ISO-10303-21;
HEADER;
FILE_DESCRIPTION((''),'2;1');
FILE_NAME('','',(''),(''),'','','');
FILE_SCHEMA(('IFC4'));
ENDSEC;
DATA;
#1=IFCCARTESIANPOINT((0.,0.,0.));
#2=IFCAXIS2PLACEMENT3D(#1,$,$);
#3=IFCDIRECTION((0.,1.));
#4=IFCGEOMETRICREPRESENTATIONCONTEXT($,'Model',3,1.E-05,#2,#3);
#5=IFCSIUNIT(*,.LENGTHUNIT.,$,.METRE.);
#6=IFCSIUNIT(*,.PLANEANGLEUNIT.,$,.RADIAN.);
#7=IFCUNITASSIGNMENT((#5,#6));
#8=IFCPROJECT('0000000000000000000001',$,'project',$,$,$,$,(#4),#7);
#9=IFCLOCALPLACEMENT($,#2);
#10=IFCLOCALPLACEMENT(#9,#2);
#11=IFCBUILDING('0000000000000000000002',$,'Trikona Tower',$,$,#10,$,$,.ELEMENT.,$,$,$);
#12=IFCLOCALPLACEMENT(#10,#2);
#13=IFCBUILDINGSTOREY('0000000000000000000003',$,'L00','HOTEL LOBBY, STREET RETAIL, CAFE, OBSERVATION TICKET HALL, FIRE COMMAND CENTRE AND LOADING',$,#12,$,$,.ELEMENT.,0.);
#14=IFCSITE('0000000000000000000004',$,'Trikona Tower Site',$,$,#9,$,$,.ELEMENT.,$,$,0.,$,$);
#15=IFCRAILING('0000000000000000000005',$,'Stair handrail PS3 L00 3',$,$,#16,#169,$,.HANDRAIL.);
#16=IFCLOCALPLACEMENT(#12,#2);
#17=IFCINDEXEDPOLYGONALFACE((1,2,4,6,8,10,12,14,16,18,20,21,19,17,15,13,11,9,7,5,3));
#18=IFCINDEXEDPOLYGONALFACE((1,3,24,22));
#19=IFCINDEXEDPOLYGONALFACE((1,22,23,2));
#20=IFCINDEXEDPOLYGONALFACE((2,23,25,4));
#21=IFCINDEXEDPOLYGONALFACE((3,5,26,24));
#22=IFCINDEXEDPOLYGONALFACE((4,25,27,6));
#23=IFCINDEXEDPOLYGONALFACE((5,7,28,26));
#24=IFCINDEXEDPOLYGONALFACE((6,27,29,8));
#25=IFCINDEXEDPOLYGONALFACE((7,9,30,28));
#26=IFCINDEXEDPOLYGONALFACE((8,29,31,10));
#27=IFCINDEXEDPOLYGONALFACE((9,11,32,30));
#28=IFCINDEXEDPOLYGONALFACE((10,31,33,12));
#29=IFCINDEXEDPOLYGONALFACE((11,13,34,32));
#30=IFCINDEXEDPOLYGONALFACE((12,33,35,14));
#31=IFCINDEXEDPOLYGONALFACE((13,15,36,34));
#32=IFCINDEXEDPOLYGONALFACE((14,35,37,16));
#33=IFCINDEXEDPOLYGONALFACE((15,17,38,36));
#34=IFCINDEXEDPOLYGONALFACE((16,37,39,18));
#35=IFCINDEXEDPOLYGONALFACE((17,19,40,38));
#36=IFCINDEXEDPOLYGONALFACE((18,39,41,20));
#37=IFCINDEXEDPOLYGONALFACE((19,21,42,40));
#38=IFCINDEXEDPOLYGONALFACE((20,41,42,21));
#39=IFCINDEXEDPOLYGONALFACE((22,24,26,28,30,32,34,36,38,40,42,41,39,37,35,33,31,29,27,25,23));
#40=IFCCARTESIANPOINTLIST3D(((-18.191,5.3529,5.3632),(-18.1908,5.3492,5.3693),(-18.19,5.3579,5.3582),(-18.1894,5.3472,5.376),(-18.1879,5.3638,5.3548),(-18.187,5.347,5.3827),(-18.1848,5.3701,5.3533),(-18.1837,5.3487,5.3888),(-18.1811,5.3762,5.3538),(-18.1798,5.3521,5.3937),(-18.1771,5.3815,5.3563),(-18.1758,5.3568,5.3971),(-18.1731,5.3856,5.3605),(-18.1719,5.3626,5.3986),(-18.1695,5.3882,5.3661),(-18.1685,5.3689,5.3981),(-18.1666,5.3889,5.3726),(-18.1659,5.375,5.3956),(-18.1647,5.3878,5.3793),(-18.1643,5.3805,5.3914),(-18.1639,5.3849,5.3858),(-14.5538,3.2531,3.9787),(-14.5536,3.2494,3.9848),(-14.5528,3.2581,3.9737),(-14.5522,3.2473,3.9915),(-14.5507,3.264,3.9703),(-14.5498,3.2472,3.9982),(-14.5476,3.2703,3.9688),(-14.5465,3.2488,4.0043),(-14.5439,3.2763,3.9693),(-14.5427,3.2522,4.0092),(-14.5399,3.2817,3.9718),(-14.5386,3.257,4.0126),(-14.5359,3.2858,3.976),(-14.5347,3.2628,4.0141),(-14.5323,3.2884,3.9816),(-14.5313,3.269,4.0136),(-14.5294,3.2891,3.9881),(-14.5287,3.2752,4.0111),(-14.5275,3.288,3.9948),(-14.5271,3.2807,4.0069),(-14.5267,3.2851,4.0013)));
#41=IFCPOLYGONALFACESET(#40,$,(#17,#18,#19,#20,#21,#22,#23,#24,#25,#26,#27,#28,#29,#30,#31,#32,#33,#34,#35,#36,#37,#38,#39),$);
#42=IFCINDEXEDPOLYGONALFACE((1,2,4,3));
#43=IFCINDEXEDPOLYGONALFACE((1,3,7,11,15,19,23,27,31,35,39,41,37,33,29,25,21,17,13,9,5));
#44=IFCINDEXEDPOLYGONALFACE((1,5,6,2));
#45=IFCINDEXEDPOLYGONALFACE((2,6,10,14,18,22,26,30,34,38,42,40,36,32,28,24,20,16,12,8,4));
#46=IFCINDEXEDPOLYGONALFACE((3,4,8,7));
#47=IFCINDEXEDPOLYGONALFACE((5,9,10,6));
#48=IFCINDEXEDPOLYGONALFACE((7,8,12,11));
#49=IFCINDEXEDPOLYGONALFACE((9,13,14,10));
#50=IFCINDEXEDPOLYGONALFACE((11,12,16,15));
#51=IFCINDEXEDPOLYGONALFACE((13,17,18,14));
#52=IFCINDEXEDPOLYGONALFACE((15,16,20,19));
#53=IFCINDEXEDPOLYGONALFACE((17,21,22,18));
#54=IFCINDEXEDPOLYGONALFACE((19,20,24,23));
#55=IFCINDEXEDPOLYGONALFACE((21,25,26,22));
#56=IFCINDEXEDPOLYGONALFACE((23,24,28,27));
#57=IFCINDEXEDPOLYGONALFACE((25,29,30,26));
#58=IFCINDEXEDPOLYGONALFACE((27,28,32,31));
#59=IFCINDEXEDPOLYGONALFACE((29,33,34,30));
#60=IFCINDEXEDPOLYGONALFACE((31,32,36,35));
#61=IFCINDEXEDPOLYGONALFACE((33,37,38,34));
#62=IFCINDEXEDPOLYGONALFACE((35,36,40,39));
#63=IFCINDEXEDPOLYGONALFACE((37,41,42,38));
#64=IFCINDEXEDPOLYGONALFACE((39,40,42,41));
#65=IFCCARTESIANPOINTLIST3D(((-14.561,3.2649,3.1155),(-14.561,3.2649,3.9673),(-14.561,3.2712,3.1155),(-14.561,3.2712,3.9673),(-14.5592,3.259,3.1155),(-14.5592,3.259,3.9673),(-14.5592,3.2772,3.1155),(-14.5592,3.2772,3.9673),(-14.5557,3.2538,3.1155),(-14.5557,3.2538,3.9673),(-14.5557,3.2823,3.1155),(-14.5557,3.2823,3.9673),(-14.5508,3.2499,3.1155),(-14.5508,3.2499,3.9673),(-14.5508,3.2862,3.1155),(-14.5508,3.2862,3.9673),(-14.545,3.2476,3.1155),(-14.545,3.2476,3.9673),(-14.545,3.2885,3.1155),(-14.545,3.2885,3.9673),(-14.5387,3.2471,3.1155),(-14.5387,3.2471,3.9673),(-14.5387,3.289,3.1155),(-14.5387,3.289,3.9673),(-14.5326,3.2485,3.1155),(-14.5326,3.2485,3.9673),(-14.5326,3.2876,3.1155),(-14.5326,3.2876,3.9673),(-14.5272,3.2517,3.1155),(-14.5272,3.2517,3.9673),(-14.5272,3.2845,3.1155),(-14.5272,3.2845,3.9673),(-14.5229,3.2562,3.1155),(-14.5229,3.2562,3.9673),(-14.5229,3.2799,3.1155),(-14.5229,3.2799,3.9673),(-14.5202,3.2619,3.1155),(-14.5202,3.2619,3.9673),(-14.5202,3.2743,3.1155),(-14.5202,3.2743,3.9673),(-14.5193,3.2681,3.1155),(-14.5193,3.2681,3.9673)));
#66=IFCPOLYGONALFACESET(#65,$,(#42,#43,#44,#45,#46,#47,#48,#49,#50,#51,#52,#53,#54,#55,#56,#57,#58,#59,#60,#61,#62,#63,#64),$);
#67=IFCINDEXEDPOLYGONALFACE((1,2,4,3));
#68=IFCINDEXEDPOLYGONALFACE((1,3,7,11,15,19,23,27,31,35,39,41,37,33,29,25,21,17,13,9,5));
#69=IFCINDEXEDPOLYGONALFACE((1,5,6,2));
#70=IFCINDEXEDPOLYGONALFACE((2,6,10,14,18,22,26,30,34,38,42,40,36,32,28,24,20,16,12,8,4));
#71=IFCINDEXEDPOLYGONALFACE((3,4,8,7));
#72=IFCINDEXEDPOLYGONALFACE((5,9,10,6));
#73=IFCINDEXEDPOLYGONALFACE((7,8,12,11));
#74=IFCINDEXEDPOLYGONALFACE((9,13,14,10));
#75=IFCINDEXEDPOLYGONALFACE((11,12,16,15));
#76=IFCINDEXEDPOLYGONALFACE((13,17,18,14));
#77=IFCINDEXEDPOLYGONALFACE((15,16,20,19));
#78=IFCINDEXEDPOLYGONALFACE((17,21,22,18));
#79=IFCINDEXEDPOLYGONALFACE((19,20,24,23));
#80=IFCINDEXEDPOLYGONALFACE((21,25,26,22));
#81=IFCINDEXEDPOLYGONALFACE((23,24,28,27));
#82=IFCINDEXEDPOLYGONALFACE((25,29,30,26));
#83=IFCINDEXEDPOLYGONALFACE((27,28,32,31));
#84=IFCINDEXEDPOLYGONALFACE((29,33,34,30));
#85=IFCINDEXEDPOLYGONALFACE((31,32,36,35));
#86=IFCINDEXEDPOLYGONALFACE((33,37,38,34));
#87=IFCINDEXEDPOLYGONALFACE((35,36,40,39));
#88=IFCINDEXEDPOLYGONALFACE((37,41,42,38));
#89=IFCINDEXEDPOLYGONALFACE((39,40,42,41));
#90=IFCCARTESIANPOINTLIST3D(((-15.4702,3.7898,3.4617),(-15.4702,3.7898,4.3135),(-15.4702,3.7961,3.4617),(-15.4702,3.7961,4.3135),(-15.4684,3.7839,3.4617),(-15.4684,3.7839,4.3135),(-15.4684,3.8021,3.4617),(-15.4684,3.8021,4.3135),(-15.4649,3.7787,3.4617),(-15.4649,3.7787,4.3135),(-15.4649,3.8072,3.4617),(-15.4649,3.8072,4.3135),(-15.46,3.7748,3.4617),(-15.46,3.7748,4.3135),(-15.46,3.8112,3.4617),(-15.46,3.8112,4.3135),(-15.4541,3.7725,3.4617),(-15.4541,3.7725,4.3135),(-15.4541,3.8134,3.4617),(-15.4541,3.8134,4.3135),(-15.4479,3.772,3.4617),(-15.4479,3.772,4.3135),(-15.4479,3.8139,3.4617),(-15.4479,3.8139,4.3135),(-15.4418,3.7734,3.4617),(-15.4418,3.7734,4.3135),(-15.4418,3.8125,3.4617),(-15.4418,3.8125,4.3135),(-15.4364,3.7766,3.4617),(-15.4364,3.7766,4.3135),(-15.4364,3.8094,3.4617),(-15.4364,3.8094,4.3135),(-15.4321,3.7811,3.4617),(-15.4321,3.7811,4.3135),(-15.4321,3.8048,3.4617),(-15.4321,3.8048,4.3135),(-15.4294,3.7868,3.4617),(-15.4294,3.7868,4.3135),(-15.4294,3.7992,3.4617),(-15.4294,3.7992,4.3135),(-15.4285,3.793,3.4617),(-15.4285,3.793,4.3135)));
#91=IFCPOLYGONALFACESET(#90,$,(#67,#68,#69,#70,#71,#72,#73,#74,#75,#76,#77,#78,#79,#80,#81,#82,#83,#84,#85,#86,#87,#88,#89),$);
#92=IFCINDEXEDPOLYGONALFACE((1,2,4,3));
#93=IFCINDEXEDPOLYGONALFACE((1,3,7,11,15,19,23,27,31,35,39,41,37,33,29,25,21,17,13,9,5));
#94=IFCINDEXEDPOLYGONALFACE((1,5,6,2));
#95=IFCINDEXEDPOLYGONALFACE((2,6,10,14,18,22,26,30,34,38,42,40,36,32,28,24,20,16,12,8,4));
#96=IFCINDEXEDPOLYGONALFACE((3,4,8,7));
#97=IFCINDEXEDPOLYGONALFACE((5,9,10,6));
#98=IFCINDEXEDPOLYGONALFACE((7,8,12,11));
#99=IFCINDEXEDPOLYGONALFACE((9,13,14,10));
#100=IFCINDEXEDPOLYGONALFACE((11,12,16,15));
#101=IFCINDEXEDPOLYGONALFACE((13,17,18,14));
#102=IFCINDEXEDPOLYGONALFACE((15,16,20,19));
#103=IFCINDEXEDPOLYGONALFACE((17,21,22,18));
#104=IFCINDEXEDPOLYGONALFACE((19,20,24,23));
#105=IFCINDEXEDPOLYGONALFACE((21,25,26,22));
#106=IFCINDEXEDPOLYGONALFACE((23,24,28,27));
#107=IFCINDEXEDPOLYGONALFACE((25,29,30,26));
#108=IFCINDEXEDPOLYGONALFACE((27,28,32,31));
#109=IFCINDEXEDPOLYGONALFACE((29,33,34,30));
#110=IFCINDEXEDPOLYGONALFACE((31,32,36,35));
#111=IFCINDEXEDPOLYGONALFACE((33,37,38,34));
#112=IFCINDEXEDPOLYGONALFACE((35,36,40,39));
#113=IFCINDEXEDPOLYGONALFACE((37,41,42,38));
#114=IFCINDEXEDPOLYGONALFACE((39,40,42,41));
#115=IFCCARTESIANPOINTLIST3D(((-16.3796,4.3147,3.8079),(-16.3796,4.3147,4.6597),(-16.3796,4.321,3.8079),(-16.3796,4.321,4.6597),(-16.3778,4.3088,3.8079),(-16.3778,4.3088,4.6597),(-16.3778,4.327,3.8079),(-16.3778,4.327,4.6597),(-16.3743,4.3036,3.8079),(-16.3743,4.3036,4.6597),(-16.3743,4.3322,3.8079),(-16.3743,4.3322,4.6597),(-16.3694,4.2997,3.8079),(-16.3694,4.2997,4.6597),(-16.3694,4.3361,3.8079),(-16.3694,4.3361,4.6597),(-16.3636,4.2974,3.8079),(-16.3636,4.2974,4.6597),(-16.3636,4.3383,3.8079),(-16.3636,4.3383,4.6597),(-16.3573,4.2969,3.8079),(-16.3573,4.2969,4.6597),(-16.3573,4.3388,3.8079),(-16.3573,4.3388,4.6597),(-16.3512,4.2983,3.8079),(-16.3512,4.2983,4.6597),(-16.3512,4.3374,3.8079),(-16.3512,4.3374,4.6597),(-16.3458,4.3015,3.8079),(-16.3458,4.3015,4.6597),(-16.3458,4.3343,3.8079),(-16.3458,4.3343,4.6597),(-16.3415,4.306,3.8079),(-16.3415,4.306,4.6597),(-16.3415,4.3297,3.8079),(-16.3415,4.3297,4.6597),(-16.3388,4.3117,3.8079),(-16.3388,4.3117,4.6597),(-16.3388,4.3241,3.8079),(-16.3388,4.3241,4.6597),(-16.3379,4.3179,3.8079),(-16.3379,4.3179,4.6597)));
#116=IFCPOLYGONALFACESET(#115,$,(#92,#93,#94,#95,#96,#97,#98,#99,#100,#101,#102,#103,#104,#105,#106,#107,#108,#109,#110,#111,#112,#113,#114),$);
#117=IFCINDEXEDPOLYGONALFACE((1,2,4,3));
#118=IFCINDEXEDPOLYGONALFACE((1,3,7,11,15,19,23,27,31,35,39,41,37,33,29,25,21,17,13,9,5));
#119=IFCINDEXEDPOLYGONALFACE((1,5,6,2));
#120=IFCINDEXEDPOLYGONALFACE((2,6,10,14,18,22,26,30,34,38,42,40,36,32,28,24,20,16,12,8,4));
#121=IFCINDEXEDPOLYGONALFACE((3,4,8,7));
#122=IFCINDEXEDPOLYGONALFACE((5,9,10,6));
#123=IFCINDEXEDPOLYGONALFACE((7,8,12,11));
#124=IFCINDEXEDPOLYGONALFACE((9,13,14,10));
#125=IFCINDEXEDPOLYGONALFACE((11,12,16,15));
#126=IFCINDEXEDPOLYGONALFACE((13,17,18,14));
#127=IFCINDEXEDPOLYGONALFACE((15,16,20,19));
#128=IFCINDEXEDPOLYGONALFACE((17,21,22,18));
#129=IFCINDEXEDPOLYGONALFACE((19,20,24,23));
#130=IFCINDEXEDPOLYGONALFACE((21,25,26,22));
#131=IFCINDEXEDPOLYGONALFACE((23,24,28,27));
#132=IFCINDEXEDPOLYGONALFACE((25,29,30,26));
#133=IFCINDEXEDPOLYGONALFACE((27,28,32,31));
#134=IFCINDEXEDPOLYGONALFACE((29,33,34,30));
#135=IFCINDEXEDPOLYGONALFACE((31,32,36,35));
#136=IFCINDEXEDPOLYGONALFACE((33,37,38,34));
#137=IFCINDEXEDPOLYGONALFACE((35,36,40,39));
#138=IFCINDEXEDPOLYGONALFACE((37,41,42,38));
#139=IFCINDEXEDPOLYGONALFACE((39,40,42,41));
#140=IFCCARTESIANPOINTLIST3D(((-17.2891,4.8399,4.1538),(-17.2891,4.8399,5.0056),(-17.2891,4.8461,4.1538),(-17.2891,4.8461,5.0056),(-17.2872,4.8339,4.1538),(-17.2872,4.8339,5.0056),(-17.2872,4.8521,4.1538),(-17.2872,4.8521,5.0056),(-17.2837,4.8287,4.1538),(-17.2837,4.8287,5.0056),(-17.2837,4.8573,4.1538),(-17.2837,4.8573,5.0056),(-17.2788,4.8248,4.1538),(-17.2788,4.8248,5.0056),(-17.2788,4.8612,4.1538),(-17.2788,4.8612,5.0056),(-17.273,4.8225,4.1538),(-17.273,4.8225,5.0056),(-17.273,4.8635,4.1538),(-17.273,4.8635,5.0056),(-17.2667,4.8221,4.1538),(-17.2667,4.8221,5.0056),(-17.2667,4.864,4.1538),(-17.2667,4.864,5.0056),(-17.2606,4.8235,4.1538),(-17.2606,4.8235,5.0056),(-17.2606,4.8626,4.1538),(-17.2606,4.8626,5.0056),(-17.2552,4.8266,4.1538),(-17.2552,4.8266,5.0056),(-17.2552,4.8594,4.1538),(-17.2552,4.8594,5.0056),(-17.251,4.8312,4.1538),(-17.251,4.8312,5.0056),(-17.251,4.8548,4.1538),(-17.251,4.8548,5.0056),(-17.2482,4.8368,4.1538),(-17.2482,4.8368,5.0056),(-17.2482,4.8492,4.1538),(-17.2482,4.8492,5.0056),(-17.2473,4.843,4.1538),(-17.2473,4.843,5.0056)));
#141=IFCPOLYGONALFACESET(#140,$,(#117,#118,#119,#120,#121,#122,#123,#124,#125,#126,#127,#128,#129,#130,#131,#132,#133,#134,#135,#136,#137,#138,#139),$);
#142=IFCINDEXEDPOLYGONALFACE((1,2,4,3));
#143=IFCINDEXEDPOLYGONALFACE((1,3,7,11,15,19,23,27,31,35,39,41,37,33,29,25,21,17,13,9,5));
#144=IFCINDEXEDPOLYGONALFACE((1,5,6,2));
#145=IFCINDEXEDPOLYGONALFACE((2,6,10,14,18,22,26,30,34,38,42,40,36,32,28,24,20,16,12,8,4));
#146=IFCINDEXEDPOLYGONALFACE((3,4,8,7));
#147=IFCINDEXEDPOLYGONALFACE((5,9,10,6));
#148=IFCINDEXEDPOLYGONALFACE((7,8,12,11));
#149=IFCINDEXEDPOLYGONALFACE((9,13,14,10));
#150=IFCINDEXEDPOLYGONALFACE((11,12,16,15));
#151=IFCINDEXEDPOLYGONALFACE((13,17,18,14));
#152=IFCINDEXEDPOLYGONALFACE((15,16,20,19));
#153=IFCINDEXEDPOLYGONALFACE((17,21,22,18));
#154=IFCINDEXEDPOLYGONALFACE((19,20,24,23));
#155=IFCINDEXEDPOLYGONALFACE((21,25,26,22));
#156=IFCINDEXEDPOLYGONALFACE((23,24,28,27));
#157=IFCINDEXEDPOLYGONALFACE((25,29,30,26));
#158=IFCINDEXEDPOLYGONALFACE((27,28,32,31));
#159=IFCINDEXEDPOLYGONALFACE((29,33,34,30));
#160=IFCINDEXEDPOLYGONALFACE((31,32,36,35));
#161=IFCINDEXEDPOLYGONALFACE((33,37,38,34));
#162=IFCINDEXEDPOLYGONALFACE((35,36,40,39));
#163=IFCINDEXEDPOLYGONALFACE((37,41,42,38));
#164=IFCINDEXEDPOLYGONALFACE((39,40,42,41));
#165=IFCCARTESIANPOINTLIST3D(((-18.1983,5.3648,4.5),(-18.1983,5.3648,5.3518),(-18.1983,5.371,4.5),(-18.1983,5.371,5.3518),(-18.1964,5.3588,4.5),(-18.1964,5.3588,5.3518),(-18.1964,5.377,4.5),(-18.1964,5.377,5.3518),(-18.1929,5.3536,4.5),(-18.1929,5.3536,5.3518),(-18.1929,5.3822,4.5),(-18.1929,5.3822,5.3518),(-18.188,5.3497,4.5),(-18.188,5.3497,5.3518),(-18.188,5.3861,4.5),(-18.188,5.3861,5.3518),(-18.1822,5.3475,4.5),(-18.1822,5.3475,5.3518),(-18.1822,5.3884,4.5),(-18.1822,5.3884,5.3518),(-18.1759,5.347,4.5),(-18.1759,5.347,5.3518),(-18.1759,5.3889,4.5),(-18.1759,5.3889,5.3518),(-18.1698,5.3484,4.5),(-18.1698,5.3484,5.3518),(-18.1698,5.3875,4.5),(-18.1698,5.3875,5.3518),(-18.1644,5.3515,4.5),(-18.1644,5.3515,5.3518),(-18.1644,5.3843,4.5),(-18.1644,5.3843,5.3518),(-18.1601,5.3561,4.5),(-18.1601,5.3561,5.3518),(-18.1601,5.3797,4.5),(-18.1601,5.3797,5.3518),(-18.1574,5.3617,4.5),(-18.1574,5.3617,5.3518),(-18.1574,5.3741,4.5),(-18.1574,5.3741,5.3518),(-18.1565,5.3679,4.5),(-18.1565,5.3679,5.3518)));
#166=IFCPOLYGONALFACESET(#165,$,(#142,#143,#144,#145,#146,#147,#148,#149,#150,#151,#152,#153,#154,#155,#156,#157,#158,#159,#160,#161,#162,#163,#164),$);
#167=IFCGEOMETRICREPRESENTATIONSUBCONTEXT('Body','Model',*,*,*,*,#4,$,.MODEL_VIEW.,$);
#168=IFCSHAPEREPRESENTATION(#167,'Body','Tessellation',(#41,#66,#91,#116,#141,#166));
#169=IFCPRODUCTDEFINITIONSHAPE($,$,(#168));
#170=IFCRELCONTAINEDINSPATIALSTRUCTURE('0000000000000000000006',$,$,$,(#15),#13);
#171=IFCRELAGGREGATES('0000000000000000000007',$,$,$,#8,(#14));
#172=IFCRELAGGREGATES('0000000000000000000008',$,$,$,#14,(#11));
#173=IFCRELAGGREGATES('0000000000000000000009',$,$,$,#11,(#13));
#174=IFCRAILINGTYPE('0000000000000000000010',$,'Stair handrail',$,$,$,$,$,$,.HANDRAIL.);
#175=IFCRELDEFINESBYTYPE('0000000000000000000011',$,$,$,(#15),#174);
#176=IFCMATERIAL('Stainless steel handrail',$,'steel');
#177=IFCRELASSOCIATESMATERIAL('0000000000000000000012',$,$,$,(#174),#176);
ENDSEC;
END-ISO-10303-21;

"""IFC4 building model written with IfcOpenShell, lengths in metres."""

from ifc_helpers import new_model, si_unit, direction, frame, origin, origin_2d, place, context, subcontext, project, spatial, circle, extrude, material, type_object, element, save


model = new_model("IFC4")

# Units and contexts
model_context = context("Model", 3, precision=1e-05, world=origin(), true_north=direction((0.0, 1.0)))
body_context = subcontext(model_context, "Body", "Model", "MODEL_VIEW")
ifc_project = project(units=[si_unit("LENGTHUNIT", "METRE"), si_unit("PLANEANGLEUNIT", "RADIAN")], contexts=[model_context])

# Site, building, storey
site_placement = place(None, origin())
site = spatial("IfcSite", under=ifc_project, at=site_placement, Name="Trikona Tower Site", CompositionType="ELEMENT", RefElevation=0.0)
building_placement = place(site_placement, origin())
building = spatial("IfcBuilding", under=site, at=building_placement, Name="Trikona Tower", CompositionType="ELEMENT")
storey_placement = place(building_placement, origin())
storey = spatial("IfcBuildingStorey", under=building, at=storey_placement, Name="L00", Description="HOTEL LOBBY, STREET RETAIL, CAFE, OBSERVATION TICKET HALL, FIRE COMMAND CENTRE AND LOADING", CompositionType="ELEMENT", Elevation=0.0)

# Railing
ifc_material_1 = material(Name="Stainless steel handrail", Category="steel")
railing_type = type_object("IfcRailingType", Name="Stair handrail", PredefinedType="HANDRAIL", material=ifc_material_1)
railing_1_placement = place(storey_placement, frame((-14.5403, 3.2681, 3.1155)))
element("IfcRailing", 1, at=railing_1_placement, inside=storey, type_object=railing_type, Name="Stair handrail PS3 L00 3", PredefinedType="HANDRAIL", context=body_context, shape_type="SweptSolid", body=[
    extrude(circle(Radius=0.0239, at=origin_2d()), frame((0.0, 0.0, 0.876), z_axis=(-0.822494, 0.474847, 0.313087), x_axis=(-0.499984, -0.866035, 0.0)), (0.0, 0.0, 1.0), 4.4221),
    extrude(circle(Radius=0.021, at=origin_2d()), origin(), (0.0, 0.0, 1.0), 0.8518),
    extrude(circle(Radius=0.021, at=origin_2d()), frame((-0.9092, 0.5249, 0.3462)), (0.0, 0.0, 1.0), 0.8518),
    extrude(circle(Radius=0.021, at=origin_2d()), frame((-1.8186, 1.0498, 0.6924)), (0.0, 0.0, 1.0), 0.8518),
    extrude(circle(Radius=0.021, at=origin_2d()), frame((-2.728, 1.575, 1.0383)), (0.0, 0.0, 1.0), 0.8518),
    extrude(circle(Radius=0.021, at=origin_2d()), frame((-3.6372, 2.0999, 1.3845)), (0.0, 0.0, 1.0), 0.8518),
])

save(model, "model.ifc")
